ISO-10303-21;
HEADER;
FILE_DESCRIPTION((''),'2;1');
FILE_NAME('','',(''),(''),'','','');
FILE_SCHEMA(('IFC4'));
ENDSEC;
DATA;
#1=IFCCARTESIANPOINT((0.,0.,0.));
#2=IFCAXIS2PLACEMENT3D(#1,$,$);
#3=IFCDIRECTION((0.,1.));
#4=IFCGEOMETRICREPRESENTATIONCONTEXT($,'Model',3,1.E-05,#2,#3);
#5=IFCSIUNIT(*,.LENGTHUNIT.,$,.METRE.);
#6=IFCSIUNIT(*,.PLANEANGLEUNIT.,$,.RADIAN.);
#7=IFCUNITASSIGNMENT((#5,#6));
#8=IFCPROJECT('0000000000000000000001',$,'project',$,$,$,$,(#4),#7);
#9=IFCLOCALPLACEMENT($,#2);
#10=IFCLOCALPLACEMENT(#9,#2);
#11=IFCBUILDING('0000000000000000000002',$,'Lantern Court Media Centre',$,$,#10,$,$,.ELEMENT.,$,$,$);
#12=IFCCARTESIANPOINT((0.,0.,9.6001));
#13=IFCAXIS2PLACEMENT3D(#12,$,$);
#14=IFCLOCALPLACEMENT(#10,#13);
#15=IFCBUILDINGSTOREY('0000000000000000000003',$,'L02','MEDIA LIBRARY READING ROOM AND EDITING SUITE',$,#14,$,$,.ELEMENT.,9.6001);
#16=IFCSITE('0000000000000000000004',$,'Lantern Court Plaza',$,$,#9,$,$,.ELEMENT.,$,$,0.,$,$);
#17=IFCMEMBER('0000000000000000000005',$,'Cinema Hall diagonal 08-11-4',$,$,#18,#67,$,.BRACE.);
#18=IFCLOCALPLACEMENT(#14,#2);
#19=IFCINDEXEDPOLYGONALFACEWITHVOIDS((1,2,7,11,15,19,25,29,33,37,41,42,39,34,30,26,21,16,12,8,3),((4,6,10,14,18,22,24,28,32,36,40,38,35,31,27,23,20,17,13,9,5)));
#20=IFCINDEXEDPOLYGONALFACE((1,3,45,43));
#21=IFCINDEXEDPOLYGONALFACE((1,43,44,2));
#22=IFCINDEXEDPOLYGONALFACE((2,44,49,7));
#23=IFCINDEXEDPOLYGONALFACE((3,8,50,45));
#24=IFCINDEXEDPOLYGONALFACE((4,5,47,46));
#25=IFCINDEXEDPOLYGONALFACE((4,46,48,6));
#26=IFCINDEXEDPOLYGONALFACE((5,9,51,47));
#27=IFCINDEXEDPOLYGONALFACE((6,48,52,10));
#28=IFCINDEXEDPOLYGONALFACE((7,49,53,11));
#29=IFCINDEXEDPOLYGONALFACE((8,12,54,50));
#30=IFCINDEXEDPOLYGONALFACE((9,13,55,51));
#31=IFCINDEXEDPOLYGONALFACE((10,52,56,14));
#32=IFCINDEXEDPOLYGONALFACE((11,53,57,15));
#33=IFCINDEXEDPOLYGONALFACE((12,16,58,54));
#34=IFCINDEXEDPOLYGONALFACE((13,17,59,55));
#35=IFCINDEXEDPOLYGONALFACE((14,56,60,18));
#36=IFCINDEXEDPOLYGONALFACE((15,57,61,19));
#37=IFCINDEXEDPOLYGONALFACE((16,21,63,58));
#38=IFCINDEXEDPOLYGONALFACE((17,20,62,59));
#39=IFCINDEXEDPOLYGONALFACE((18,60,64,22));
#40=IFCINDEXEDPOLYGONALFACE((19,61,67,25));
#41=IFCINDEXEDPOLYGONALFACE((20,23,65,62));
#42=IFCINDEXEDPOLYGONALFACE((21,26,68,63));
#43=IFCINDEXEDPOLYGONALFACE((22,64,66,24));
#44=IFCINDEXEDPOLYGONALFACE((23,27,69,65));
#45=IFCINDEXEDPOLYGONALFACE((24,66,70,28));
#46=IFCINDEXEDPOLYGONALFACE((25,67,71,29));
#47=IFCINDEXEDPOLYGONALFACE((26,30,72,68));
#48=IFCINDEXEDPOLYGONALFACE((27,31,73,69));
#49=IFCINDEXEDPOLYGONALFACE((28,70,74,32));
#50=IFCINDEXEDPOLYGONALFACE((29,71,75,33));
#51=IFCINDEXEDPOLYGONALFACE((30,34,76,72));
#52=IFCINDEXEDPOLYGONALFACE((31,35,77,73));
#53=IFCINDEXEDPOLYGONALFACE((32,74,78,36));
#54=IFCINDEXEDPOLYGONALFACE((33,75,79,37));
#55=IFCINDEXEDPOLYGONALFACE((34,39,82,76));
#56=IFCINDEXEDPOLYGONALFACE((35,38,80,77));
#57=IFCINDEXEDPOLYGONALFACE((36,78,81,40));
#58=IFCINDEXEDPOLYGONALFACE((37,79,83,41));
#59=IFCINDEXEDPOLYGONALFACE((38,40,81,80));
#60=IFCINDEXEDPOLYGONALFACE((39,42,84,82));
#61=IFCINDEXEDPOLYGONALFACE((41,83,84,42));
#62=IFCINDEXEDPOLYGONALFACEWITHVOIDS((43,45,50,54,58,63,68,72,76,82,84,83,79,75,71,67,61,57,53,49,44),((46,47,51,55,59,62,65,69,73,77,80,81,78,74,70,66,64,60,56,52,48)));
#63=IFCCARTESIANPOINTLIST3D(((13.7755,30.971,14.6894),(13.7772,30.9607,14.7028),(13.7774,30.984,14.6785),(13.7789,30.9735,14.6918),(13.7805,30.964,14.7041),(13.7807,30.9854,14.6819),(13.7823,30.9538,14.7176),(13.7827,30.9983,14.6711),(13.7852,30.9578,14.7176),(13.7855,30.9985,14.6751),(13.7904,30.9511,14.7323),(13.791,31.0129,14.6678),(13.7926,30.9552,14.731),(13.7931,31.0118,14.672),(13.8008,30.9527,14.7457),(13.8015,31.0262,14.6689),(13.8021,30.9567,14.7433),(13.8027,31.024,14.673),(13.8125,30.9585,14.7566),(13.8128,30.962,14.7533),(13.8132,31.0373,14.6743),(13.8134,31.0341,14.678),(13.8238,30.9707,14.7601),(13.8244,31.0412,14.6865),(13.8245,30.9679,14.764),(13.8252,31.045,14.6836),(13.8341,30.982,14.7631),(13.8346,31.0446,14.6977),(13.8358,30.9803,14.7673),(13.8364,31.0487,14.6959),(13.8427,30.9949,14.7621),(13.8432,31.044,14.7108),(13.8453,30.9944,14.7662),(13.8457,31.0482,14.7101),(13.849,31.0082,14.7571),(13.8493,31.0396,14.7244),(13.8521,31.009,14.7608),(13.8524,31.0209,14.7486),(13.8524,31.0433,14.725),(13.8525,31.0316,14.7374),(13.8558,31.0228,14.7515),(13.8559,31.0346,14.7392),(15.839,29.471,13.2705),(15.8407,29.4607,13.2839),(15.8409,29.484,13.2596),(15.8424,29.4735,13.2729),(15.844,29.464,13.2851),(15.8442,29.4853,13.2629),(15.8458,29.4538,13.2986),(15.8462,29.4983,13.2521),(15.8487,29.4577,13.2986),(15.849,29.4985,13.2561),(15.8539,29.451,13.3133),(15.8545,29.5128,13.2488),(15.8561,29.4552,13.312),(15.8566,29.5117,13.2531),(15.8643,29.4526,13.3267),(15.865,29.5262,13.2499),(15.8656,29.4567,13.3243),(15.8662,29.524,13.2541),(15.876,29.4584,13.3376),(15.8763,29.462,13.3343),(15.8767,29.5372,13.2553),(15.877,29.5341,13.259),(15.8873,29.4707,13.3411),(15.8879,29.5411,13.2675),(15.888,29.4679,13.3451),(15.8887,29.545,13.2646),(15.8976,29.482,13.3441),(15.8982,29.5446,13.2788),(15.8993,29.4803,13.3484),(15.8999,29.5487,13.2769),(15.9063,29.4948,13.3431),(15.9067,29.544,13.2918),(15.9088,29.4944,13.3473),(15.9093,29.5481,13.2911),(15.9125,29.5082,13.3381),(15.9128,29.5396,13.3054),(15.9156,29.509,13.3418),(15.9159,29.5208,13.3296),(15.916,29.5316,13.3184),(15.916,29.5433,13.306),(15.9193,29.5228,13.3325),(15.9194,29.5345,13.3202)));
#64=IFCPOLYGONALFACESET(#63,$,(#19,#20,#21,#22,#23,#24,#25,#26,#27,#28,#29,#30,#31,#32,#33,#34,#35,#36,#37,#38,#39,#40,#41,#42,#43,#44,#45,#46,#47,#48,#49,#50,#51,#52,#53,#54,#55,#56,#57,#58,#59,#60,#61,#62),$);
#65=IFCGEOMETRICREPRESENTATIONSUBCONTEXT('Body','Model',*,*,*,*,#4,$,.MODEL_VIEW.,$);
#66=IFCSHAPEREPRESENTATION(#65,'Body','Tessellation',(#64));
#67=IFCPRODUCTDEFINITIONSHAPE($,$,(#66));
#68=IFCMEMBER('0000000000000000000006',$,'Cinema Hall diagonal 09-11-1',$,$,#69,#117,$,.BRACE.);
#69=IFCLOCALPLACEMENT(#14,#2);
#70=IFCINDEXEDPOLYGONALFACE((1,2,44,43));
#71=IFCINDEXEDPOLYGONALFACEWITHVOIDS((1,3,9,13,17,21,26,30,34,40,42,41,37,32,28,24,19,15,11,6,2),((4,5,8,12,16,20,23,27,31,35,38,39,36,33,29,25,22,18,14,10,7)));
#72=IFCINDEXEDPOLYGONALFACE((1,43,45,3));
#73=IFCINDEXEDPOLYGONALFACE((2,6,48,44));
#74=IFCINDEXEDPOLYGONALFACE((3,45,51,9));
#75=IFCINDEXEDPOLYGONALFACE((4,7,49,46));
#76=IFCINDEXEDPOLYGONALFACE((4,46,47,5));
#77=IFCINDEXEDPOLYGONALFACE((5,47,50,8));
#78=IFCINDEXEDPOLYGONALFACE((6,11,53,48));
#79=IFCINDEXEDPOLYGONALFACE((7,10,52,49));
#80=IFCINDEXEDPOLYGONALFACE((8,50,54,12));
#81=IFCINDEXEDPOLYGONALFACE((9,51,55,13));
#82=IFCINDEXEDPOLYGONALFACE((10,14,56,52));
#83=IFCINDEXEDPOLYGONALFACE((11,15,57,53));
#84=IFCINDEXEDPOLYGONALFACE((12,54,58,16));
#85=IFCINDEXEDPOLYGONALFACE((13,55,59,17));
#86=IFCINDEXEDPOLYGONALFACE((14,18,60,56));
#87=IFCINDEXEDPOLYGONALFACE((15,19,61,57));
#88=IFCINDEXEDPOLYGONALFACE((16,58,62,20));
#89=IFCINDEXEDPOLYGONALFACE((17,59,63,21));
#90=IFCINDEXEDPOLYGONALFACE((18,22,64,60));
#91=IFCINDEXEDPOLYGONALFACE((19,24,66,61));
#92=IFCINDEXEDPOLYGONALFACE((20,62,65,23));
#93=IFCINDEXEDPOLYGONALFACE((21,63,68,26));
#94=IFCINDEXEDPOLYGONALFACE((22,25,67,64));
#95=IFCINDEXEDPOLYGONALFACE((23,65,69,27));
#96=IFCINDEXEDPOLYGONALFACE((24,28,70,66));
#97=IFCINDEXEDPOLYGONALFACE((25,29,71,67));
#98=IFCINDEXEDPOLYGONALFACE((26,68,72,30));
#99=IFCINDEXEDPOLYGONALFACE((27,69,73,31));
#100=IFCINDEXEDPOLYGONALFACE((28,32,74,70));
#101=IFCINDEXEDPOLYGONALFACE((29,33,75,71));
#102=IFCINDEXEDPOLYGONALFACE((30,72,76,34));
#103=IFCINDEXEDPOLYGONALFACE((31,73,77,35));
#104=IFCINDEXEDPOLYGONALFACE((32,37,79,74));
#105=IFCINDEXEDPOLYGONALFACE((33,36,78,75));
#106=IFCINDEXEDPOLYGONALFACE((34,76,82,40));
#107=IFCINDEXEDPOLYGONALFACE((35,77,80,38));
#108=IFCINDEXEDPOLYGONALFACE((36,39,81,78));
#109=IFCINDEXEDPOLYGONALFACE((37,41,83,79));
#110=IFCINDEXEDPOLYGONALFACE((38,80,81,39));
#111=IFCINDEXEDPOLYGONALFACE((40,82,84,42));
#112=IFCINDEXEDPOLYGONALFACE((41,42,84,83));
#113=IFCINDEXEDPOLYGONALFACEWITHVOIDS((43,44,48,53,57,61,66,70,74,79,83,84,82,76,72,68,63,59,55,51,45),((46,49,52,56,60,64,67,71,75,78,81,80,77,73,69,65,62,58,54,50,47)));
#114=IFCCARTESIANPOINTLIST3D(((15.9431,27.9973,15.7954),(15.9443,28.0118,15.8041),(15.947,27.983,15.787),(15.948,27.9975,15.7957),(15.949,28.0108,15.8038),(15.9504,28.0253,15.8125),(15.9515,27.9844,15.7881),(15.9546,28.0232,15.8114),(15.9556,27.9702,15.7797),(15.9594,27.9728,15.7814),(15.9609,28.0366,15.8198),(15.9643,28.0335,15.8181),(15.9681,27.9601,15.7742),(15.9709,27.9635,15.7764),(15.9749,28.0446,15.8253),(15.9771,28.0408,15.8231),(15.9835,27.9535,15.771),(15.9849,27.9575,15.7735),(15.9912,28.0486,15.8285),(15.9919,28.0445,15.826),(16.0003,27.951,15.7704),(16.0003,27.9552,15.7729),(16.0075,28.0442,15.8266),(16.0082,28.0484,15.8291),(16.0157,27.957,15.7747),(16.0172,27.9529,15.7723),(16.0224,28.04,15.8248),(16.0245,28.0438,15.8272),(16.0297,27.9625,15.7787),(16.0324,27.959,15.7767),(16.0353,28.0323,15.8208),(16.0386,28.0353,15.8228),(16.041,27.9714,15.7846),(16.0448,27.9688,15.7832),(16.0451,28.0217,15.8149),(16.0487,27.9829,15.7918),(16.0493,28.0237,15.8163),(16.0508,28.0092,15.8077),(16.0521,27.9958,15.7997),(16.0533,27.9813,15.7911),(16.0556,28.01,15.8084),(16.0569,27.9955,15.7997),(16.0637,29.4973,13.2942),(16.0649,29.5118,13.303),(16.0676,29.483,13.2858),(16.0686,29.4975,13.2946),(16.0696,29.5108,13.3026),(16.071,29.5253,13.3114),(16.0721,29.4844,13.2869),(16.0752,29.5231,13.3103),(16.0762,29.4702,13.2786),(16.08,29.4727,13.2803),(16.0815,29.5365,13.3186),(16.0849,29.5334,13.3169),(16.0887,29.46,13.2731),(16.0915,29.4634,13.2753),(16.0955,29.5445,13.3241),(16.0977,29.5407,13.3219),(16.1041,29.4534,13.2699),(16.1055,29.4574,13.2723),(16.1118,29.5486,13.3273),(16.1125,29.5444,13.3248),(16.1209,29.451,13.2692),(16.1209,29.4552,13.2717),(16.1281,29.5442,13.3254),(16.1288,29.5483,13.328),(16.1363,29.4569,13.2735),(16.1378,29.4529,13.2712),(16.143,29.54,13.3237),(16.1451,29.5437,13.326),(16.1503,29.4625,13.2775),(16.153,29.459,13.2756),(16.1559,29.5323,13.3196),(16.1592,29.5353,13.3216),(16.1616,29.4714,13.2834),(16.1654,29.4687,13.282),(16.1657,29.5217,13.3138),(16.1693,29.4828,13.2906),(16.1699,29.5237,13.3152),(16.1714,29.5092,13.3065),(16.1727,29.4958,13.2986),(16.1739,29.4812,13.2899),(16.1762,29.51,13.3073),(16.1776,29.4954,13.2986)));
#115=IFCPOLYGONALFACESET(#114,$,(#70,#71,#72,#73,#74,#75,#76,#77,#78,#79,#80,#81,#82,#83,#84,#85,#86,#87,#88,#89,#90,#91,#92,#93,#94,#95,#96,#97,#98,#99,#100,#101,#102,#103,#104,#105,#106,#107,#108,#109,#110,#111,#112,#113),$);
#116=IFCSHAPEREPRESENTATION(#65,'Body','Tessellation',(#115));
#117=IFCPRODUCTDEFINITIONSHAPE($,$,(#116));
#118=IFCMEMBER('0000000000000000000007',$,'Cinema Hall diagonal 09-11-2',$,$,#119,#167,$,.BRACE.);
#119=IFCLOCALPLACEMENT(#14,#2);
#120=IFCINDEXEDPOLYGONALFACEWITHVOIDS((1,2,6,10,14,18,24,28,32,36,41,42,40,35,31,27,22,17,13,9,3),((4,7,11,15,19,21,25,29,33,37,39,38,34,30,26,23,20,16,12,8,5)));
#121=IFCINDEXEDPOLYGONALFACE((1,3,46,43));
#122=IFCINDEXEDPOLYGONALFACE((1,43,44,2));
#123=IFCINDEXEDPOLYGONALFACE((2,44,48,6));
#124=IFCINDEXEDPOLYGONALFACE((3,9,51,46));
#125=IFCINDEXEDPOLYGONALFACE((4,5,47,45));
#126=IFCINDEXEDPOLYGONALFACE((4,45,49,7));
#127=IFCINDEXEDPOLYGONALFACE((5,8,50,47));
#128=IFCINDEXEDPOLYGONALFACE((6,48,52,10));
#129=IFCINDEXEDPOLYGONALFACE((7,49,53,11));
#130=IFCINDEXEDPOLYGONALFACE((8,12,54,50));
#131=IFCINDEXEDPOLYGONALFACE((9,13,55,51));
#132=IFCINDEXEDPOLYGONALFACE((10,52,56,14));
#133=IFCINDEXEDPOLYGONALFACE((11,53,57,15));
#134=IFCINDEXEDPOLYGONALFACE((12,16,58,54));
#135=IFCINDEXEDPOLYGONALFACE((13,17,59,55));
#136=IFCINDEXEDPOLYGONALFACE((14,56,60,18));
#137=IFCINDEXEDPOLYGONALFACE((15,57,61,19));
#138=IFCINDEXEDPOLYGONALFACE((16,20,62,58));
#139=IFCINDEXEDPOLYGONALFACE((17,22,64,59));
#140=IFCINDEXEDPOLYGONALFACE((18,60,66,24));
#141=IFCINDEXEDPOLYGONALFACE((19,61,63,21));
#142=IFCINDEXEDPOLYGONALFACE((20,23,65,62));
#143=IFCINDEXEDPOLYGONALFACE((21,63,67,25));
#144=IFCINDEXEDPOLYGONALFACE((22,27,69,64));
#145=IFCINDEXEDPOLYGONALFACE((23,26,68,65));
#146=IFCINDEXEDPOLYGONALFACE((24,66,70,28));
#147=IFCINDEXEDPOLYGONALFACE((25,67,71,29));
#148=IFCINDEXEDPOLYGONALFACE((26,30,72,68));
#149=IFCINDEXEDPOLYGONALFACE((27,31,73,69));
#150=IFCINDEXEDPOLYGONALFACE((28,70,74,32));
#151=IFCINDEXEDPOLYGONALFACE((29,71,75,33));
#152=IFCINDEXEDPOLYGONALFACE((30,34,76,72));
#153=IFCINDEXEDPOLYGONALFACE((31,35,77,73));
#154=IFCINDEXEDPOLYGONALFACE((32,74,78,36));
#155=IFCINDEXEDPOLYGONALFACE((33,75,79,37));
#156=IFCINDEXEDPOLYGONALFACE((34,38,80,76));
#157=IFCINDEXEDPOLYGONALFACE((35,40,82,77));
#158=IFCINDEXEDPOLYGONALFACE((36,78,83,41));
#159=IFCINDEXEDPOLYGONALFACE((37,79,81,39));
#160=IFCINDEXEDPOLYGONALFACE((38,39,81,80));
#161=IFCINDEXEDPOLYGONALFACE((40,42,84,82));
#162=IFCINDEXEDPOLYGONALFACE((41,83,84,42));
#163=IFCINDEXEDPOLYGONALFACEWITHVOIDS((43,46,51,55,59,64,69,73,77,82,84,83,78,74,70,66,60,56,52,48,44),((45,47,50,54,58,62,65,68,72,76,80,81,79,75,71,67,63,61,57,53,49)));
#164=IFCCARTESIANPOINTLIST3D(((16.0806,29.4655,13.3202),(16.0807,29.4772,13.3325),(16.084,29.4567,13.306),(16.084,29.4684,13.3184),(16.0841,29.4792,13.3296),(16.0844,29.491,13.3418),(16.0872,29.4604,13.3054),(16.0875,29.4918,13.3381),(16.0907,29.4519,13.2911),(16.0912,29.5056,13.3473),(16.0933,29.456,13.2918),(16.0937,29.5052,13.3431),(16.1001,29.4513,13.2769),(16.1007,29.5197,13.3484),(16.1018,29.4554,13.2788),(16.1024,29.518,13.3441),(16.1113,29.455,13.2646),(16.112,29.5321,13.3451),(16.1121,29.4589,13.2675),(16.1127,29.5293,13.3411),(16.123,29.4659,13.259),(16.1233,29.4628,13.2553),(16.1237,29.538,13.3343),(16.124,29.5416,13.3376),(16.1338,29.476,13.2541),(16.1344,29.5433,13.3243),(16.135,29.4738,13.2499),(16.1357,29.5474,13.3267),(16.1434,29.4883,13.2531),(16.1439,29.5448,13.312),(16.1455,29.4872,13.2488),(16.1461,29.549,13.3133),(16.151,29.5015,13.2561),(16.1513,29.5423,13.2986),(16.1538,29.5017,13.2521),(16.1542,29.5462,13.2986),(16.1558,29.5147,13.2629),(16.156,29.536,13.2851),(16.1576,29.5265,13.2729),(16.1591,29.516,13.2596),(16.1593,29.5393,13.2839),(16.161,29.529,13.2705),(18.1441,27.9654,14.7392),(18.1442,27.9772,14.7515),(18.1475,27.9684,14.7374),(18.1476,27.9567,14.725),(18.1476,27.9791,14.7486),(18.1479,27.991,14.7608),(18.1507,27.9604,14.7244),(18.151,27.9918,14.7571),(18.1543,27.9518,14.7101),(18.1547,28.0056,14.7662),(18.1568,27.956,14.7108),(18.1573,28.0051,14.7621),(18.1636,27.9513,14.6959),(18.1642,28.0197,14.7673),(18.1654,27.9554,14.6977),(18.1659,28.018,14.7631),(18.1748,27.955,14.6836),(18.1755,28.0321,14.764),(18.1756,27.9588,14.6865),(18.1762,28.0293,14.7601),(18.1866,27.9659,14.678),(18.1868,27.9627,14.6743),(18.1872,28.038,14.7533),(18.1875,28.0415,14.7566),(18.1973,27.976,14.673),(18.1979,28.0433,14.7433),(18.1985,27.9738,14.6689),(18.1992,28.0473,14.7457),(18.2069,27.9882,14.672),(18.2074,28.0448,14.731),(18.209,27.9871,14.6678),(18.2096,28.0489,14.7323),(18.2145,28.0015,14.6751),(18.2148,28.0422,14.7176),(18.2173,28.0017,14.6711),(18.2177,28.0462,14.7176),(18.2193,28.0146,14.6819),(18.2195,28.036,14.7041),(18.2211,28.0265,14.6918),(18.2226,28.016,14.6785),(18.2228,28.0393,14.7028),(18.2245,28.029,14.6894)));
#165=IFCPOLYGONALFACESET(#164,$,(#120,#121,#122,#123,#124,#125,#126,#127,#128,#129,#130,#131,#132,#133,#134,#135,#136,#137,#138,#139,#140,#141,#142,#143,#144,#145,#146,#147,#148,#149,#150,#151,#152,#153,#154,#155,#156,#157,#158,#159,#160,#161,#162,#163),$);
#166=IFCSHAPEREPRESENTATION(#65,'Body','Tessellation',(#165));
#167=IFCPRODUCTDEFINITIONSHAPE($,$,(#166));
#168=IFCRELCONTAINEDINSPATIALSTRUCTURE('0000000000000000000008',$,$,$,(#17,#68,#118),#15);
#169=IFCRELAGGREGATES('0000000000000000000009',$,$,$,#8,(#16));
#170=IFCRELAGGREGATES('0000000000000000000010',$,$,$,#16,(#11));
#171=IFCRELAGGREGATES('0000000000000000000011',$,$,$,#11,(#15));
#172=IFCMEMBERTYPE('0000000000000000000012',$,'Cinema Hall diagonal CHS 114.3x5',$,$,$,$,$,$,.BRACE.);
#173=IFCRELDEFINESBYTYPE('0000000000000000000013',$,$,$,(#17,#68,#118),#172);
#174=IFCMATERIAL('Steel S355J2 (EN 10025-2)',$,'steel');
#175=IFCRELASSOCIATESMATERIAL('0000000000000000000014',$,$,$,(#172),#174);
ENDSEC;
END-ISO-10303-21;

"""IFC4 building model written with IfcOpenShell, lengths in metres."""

from ifc_helpers import new_model, si_unit, direction, frame, origin, origin_2d, place, context, subcontext, project, spatial, hollow_circle, extrude, material, material_profile, profile_set, type_object, element, save


model = new_model("IFC4")

# Units and contexts
model_context = context("Model", 3, precision=1e-05, world=origin(), true_north=direction((0.0, 1.0)))
body_context = subcontext(model_context, "Body", "Model", "MODEL_VIEW")
ifc_project = project(units=[si_unit("LENGTHUNIT", "METRE"), si_unit("PLANEANGLEUNIT", "RADIAN")], contexts=[model_context])

# Site, building, storey
site_placement = place(None, origin())
site = spatial("IfcSite", under=ifc_project, at=site_placement, Name="Lantern Court Plaza", CompositionType="ELEMENT", RefElevation=0.0)
building_placement = place(site_placement, origin())
building = spatial("IfcBuilding", under=site, at=building_placement, Name="Lantern Court Media Centre", CompositionType="ELEMENT")
storey_placement = place(building_placement, frame((0.0, 0.0, 9.6001)))
storey = spatial("IfcBuildingStorey", under=building, at=storey_placement, Name="L02", Description="MEDIA LIBRARY READING ROOM AND EDITING SUITE", CompositionType="ELEMENT", Elevation=9.6001)

# Members
ifc_material = material(Name="Steel S355J2 (EN 10025-2)", Category="steel")
ifc_material_profile_1 = material_profile(ifc_material, hollow_circle(Radius=0.0571, WallThickness=0.0049, at=origin_2d()), Name="Cinema Hall diagonal CHS 114.3x5")
ifc_profile_set_1 = profile_set([ifc_material_profile_1], Name="Steel S355J2 (EN 10025-2)")
member_type_1 = type_object("IfcMemberType", Name="Cinema Hall diagonal CHS 114.3x5", PredefinedType="BRACE", material=ifc_profile_set_1)
member_1_placement = place(storey_placement, frame((15.8794, 29.5, 13.2986), z_axis=(-0.70688, 0.513851, 0.486084), x_axis=(-0.58799, -0.808868, 0.0)))
element("IfcMember", 1, at=member_1_placement, inside=storey, type_object=member_type_1, Name="Cinema Hall diagonal 08-11-4", PredefinedType="BRACE", context=body_context, shape_type="SweptSolid", body=[
    extrude(hollow_circle(Radius=0.0571, WallThickness=0.0049, at=origin_2d()), origin(), (0.0, 0.0, 1.0), 2.9192),
])
member_2_placement = place(storey_placement, frame((16.1206, 29.5, 13.2986), z_axis=(-0.041317, -0.513872, 0.856871), x_axis=(0.996783, -0.080145, 0.0)))
element("IfcMember", 2, at=member_2_placement, inside=storey, type_object=member_type_1, Name="Cinema Hall diagonal 09-11-1", PredefinedType="BRACE", context=body_context, shape_type="SweptSolid", body=[
    extrude(hollow_circle(Radius=0.0571, WallThickness=0.0049, at=origin_2d()), origin(), (0.0, 0.0, 1.0), 2.9189),
])
for number, where, z_axis, x_axis, name in (
    (3, (16.1206, 29.5, 13.2986), (0.70688, -0.513851, 0.486084), (0.58799, 0.808868, 0.0), "Cinema Hall diagonal 09-11-2"),
):
    element("IfcMember", number, at=place(storey_placement, frame(where, z_axis=z_axis, x_axis=x_axis)), inside=storey, type_object=member_type_1, Name=name, PredefinedType="BRACE", context=body_context, shape_type="SweptSolid", body=[
        extrude(hollow_circle(Radius=0.0571, WallThickness=0.0049, at=origin_2d()), origin(), (0.0, 0.0, 1.0), 2.9192),
    ])

save(model, "model.ifc")
